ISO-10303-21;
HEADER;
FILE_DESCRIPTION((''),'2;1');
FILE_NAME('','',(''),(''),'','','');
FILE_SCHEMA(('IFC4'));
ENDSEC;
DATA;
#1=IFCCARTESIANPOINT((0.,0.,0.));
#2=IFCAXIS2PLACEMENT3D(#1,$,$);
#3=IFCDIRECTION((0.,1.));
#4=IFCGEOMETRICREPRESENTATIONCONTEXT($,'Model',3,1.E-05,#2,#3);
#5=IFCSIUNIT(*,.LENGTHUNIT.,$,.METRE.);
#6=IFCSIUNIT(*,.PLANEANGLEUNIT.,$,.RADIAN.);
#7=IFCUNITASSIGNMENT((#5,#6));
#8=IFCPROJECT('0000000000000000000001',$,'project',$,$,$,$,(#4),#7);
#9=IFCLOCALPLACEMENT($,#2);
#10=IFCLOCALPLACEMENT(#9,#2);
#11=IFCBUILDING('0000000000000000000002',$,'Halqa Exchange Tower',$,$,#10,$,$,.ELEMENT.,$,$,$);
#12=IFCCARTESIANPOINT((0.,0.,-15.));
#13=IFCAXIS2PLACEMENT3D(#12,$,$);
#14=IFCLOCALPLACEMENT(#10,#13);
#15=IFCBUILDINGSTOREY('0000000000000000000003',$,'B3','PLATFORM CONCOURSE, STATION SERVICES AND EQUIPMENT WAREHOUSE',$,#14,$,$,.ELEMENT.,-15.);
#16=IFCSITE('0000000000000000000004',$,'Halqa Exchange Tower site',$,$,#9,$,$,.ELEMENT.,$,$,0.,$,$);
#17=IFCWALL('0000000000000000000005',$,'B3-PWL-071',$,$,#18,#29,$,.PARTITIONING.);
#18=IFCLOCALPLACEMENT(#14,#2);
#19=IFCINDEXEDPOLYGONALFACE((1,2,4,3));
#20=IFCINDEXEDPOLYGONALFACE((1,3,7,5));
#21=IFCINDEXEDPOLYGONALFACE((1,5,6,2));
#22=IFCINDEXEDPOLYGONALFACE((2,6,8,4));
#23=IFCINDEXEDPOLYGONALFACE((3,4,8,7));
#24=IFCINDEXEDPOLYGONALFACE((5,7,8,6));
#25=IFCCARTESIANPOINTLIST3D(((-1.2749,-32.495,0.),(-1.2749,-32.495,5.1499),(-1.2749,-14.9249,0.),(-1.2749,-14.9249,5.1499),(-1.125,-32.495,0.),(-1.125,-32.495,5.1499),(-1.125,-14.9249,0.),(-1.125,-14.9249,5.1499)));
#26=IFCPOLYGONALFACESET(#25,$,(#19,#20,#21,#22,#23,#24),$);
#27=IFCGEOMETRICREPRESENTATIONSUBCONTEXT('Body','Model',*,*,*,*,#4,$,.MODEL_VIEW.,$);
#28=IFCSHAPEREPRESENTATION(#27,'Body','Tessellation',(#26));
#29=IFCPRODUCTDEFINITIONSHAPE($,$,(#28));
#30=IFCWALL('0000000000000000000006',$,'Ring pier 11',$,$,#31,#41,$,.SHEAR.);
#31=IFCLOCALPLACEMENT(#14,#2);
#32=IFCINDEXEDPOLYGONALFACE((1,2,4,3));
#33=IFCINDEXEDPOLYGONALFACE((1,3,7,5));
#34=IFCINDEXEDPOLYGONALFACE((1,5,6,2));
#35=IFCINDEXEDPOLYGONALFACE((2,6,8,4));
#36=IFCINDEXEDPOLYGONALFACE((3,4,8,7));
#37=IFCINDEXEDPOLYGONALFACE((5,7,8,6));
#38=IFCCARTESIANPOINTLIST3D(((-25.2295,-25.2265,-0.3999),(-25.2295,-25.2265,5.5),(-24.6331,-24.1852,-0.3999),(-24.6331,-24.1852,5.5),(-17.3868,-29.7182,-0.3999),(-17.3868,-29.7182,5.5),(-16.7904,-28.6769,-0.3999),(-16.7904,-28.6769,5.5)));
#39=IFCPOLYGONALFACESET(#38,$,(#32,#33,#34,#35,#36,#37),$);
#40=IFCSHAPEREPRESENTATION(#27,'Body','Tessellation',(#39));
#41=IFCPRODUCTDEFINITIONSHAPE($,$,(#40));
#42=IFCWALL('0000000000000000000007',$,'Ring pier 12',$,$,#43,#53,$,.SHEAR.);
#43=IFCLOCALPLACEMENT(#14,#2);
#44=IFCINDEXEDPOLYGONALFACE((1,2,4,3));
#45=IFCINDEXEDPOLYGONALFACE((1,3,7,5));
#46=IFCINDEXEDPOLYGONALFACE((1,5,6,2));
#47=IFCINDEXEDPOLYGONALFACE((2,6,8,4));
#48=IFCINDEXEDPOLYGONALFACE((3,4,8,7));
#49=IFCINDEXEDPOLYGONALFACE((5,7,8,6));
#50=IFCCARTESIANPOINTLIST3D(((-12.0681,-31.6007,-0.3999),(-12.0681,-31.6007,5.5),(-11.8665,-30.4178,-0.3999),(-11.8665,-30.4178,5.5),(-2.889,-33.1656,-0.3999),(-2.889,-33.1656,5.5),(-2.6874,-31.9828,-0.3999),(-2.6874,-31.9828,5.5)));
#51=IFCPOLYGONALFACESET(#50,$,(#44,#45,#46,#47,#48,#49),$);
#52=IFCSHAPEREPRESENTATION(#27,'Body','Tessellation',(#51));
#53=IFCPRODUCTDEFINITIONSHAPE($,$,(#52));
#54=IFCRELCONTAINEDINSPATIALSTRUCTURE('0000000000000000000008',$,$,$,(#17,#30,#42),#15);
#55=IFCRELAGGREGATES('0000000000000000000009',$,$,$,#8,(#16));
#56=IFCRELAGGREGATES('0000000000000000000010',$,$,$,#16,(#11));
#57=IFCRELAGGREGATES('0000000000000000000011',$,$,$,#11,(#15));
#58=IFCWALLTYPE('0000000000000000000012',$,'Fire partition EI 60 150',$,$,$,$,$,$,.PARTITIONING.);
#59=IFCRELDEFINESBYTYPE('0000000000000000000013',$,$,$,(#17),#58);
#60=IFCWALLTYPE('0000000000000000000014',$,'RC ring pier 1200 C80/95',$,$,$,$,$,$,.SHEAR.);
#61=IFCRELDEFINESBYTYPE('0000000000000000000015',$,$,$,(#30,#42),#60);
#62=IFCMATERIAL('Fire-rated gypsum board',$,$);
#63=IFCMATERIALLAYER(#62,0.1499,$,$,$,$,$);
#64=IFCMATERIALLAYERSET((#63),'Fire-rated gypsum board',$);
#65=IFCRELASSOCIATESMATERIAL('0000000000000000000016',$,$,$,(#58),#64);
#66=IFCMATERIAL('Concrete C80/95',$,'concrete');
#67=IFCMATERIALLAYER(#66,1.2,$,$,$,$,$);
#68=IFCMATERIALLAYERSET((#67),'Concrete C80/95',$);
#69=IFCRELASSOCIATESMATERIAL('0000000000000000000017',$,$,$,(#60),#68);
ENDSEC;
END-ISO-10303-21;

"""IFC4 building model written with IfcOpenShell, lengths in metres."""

from ifc_helpers import new_model, si_unit, direction, frame, frame_2d, origin, place, context, subcontext, project, spatial, rectangle, extrude, material, layer, layer_set, type_object, element, save


model = new_model("IFC4")

# Units and contexts
model_context = context("Model", 3, precision=1e-05, world=origin(), true_north=direction((0.0, 1.0)))
body_context = subcontext(model_context, "Body", "Model", "MODEL_VIEW")
ifc_project = project(units=[si_unit("LENGTHUNIT", "METRE"), si_unit("PLANEANGLEUNIT", "RADIAN")], contexts=[model_context])

# Site, building, storey
site_placement = place(None, origin())
site = spatial("IfcSite", under=ifc_project, at=site_placement, Name="Halqa Exchange Tower site", CompositionType="ELEMENT", RefElevation=0.0)
building_placement = place(site_placement, origin())
building = spatial("IfcBuilding", under=site, at=building_placement, Name="Halqa Exchange Tower", CompositionType="ELEMENT")
storey_placement = place(building_placement, frame((0.0, 0.0, -15.0)))
storey = spatial("IfcBuildingStorey", under=building, at=storey_placement, Name="B3", Description="PLATFORM CONCOURSE, STATION SERVICES AND EQUIPMENT WAREHOUSE", CompositionType="ELEMENT", Elevation=-15.0)

# Shared definitions
ifc_material_1 = material(Name="Fire-rated gypsum board")
ifc_layer_1 = layer(ifc_material_1, 0.1499)
ifc_layer_set_1 = layer_set([ifc_layer_1], Name="Fire-rated gypsum board")
wall_type_1 = type_object("IfcWallType", Name="Fire partition EI 60 150", PredefinedType="PARTITIONING", material=ifc_layer_set_1)

# Walls
wall_1_placement = place(storey_placement, frame((-1.2, -32.4951, 0.0), z_axis=(0.0, 0.0, 1.0), x_axis=(0.0, 1.0, 0.0)))
element("IfcWall", 1, at=wall_1_placement, inside=storey, type_object=wall_type_1, Name="B3-PWL-071", PredefinedType="PARTITIONING", context=body_context, shape_type="SweptSolid", body=[
    extrude(rectangle(XDim=17.5701, YDim=0.1499, at=frame_2d((8.7852, 0.0))), origin(), (0.0, 0.0, 1.0), 5.1499),
])
ifc_material_2 = material(Name="Concrete C80/95", Category="concrete")
ifc_layer_2 = layer(ifc_material_2, 1.2)
ifc_layer_set_2 = layer_set([ifc_layer_2], Name="Concrete C80/95")
wall_type_2 = type_object("IfcWallType", Name="RC ring pier 1200 C80/95", PredefinedType="SHEAR", material=ifc_layer_set_2)
wall_2_placement = place(storey_placement, frame((-24.9314, -24.7058, -0.3999), z_axis=(0.0, 0.0, 1.0), x_axis=(0.867761, -0.496982, 0.0)))
element("IfcWall", 2, at=wall_2_placement, inside=storey, type_object=wall_type_2, Name="Ring pier 11", PredefinedType="SHEAR", context=body_context, shape_type="SweptSolid", body=[
    extrude(rectangle(XDim=9.0378, YDim=1.2, at=frame_2d((4.519, 0.0))), origin(), (0.0, 0.0, 1.0), 5.8999),
])
wall_3_placement = place(storey_placement, frame((-11.9673, -31.0093, -0.3999), z_axis=(0.0, 0.0, 1.0), x_axis=(0.985776, -0.168063, 0.0)))
element("IfcWall", 3, at=wall_3_placement, inside=storey, type_object=wall_type_2, Name="Ring pier 12", PredefinedType="SHEAR", context=body_context, shape_type="SweptSolid", body=[
    extrude(rectangle(XDim=9.3115, YDim=1.2, at=frame_2d((4.6558, 0.0))), origin(), (0.0, 0.0, 1.0), 5.8999),
])

save(model, "model.ifc")
